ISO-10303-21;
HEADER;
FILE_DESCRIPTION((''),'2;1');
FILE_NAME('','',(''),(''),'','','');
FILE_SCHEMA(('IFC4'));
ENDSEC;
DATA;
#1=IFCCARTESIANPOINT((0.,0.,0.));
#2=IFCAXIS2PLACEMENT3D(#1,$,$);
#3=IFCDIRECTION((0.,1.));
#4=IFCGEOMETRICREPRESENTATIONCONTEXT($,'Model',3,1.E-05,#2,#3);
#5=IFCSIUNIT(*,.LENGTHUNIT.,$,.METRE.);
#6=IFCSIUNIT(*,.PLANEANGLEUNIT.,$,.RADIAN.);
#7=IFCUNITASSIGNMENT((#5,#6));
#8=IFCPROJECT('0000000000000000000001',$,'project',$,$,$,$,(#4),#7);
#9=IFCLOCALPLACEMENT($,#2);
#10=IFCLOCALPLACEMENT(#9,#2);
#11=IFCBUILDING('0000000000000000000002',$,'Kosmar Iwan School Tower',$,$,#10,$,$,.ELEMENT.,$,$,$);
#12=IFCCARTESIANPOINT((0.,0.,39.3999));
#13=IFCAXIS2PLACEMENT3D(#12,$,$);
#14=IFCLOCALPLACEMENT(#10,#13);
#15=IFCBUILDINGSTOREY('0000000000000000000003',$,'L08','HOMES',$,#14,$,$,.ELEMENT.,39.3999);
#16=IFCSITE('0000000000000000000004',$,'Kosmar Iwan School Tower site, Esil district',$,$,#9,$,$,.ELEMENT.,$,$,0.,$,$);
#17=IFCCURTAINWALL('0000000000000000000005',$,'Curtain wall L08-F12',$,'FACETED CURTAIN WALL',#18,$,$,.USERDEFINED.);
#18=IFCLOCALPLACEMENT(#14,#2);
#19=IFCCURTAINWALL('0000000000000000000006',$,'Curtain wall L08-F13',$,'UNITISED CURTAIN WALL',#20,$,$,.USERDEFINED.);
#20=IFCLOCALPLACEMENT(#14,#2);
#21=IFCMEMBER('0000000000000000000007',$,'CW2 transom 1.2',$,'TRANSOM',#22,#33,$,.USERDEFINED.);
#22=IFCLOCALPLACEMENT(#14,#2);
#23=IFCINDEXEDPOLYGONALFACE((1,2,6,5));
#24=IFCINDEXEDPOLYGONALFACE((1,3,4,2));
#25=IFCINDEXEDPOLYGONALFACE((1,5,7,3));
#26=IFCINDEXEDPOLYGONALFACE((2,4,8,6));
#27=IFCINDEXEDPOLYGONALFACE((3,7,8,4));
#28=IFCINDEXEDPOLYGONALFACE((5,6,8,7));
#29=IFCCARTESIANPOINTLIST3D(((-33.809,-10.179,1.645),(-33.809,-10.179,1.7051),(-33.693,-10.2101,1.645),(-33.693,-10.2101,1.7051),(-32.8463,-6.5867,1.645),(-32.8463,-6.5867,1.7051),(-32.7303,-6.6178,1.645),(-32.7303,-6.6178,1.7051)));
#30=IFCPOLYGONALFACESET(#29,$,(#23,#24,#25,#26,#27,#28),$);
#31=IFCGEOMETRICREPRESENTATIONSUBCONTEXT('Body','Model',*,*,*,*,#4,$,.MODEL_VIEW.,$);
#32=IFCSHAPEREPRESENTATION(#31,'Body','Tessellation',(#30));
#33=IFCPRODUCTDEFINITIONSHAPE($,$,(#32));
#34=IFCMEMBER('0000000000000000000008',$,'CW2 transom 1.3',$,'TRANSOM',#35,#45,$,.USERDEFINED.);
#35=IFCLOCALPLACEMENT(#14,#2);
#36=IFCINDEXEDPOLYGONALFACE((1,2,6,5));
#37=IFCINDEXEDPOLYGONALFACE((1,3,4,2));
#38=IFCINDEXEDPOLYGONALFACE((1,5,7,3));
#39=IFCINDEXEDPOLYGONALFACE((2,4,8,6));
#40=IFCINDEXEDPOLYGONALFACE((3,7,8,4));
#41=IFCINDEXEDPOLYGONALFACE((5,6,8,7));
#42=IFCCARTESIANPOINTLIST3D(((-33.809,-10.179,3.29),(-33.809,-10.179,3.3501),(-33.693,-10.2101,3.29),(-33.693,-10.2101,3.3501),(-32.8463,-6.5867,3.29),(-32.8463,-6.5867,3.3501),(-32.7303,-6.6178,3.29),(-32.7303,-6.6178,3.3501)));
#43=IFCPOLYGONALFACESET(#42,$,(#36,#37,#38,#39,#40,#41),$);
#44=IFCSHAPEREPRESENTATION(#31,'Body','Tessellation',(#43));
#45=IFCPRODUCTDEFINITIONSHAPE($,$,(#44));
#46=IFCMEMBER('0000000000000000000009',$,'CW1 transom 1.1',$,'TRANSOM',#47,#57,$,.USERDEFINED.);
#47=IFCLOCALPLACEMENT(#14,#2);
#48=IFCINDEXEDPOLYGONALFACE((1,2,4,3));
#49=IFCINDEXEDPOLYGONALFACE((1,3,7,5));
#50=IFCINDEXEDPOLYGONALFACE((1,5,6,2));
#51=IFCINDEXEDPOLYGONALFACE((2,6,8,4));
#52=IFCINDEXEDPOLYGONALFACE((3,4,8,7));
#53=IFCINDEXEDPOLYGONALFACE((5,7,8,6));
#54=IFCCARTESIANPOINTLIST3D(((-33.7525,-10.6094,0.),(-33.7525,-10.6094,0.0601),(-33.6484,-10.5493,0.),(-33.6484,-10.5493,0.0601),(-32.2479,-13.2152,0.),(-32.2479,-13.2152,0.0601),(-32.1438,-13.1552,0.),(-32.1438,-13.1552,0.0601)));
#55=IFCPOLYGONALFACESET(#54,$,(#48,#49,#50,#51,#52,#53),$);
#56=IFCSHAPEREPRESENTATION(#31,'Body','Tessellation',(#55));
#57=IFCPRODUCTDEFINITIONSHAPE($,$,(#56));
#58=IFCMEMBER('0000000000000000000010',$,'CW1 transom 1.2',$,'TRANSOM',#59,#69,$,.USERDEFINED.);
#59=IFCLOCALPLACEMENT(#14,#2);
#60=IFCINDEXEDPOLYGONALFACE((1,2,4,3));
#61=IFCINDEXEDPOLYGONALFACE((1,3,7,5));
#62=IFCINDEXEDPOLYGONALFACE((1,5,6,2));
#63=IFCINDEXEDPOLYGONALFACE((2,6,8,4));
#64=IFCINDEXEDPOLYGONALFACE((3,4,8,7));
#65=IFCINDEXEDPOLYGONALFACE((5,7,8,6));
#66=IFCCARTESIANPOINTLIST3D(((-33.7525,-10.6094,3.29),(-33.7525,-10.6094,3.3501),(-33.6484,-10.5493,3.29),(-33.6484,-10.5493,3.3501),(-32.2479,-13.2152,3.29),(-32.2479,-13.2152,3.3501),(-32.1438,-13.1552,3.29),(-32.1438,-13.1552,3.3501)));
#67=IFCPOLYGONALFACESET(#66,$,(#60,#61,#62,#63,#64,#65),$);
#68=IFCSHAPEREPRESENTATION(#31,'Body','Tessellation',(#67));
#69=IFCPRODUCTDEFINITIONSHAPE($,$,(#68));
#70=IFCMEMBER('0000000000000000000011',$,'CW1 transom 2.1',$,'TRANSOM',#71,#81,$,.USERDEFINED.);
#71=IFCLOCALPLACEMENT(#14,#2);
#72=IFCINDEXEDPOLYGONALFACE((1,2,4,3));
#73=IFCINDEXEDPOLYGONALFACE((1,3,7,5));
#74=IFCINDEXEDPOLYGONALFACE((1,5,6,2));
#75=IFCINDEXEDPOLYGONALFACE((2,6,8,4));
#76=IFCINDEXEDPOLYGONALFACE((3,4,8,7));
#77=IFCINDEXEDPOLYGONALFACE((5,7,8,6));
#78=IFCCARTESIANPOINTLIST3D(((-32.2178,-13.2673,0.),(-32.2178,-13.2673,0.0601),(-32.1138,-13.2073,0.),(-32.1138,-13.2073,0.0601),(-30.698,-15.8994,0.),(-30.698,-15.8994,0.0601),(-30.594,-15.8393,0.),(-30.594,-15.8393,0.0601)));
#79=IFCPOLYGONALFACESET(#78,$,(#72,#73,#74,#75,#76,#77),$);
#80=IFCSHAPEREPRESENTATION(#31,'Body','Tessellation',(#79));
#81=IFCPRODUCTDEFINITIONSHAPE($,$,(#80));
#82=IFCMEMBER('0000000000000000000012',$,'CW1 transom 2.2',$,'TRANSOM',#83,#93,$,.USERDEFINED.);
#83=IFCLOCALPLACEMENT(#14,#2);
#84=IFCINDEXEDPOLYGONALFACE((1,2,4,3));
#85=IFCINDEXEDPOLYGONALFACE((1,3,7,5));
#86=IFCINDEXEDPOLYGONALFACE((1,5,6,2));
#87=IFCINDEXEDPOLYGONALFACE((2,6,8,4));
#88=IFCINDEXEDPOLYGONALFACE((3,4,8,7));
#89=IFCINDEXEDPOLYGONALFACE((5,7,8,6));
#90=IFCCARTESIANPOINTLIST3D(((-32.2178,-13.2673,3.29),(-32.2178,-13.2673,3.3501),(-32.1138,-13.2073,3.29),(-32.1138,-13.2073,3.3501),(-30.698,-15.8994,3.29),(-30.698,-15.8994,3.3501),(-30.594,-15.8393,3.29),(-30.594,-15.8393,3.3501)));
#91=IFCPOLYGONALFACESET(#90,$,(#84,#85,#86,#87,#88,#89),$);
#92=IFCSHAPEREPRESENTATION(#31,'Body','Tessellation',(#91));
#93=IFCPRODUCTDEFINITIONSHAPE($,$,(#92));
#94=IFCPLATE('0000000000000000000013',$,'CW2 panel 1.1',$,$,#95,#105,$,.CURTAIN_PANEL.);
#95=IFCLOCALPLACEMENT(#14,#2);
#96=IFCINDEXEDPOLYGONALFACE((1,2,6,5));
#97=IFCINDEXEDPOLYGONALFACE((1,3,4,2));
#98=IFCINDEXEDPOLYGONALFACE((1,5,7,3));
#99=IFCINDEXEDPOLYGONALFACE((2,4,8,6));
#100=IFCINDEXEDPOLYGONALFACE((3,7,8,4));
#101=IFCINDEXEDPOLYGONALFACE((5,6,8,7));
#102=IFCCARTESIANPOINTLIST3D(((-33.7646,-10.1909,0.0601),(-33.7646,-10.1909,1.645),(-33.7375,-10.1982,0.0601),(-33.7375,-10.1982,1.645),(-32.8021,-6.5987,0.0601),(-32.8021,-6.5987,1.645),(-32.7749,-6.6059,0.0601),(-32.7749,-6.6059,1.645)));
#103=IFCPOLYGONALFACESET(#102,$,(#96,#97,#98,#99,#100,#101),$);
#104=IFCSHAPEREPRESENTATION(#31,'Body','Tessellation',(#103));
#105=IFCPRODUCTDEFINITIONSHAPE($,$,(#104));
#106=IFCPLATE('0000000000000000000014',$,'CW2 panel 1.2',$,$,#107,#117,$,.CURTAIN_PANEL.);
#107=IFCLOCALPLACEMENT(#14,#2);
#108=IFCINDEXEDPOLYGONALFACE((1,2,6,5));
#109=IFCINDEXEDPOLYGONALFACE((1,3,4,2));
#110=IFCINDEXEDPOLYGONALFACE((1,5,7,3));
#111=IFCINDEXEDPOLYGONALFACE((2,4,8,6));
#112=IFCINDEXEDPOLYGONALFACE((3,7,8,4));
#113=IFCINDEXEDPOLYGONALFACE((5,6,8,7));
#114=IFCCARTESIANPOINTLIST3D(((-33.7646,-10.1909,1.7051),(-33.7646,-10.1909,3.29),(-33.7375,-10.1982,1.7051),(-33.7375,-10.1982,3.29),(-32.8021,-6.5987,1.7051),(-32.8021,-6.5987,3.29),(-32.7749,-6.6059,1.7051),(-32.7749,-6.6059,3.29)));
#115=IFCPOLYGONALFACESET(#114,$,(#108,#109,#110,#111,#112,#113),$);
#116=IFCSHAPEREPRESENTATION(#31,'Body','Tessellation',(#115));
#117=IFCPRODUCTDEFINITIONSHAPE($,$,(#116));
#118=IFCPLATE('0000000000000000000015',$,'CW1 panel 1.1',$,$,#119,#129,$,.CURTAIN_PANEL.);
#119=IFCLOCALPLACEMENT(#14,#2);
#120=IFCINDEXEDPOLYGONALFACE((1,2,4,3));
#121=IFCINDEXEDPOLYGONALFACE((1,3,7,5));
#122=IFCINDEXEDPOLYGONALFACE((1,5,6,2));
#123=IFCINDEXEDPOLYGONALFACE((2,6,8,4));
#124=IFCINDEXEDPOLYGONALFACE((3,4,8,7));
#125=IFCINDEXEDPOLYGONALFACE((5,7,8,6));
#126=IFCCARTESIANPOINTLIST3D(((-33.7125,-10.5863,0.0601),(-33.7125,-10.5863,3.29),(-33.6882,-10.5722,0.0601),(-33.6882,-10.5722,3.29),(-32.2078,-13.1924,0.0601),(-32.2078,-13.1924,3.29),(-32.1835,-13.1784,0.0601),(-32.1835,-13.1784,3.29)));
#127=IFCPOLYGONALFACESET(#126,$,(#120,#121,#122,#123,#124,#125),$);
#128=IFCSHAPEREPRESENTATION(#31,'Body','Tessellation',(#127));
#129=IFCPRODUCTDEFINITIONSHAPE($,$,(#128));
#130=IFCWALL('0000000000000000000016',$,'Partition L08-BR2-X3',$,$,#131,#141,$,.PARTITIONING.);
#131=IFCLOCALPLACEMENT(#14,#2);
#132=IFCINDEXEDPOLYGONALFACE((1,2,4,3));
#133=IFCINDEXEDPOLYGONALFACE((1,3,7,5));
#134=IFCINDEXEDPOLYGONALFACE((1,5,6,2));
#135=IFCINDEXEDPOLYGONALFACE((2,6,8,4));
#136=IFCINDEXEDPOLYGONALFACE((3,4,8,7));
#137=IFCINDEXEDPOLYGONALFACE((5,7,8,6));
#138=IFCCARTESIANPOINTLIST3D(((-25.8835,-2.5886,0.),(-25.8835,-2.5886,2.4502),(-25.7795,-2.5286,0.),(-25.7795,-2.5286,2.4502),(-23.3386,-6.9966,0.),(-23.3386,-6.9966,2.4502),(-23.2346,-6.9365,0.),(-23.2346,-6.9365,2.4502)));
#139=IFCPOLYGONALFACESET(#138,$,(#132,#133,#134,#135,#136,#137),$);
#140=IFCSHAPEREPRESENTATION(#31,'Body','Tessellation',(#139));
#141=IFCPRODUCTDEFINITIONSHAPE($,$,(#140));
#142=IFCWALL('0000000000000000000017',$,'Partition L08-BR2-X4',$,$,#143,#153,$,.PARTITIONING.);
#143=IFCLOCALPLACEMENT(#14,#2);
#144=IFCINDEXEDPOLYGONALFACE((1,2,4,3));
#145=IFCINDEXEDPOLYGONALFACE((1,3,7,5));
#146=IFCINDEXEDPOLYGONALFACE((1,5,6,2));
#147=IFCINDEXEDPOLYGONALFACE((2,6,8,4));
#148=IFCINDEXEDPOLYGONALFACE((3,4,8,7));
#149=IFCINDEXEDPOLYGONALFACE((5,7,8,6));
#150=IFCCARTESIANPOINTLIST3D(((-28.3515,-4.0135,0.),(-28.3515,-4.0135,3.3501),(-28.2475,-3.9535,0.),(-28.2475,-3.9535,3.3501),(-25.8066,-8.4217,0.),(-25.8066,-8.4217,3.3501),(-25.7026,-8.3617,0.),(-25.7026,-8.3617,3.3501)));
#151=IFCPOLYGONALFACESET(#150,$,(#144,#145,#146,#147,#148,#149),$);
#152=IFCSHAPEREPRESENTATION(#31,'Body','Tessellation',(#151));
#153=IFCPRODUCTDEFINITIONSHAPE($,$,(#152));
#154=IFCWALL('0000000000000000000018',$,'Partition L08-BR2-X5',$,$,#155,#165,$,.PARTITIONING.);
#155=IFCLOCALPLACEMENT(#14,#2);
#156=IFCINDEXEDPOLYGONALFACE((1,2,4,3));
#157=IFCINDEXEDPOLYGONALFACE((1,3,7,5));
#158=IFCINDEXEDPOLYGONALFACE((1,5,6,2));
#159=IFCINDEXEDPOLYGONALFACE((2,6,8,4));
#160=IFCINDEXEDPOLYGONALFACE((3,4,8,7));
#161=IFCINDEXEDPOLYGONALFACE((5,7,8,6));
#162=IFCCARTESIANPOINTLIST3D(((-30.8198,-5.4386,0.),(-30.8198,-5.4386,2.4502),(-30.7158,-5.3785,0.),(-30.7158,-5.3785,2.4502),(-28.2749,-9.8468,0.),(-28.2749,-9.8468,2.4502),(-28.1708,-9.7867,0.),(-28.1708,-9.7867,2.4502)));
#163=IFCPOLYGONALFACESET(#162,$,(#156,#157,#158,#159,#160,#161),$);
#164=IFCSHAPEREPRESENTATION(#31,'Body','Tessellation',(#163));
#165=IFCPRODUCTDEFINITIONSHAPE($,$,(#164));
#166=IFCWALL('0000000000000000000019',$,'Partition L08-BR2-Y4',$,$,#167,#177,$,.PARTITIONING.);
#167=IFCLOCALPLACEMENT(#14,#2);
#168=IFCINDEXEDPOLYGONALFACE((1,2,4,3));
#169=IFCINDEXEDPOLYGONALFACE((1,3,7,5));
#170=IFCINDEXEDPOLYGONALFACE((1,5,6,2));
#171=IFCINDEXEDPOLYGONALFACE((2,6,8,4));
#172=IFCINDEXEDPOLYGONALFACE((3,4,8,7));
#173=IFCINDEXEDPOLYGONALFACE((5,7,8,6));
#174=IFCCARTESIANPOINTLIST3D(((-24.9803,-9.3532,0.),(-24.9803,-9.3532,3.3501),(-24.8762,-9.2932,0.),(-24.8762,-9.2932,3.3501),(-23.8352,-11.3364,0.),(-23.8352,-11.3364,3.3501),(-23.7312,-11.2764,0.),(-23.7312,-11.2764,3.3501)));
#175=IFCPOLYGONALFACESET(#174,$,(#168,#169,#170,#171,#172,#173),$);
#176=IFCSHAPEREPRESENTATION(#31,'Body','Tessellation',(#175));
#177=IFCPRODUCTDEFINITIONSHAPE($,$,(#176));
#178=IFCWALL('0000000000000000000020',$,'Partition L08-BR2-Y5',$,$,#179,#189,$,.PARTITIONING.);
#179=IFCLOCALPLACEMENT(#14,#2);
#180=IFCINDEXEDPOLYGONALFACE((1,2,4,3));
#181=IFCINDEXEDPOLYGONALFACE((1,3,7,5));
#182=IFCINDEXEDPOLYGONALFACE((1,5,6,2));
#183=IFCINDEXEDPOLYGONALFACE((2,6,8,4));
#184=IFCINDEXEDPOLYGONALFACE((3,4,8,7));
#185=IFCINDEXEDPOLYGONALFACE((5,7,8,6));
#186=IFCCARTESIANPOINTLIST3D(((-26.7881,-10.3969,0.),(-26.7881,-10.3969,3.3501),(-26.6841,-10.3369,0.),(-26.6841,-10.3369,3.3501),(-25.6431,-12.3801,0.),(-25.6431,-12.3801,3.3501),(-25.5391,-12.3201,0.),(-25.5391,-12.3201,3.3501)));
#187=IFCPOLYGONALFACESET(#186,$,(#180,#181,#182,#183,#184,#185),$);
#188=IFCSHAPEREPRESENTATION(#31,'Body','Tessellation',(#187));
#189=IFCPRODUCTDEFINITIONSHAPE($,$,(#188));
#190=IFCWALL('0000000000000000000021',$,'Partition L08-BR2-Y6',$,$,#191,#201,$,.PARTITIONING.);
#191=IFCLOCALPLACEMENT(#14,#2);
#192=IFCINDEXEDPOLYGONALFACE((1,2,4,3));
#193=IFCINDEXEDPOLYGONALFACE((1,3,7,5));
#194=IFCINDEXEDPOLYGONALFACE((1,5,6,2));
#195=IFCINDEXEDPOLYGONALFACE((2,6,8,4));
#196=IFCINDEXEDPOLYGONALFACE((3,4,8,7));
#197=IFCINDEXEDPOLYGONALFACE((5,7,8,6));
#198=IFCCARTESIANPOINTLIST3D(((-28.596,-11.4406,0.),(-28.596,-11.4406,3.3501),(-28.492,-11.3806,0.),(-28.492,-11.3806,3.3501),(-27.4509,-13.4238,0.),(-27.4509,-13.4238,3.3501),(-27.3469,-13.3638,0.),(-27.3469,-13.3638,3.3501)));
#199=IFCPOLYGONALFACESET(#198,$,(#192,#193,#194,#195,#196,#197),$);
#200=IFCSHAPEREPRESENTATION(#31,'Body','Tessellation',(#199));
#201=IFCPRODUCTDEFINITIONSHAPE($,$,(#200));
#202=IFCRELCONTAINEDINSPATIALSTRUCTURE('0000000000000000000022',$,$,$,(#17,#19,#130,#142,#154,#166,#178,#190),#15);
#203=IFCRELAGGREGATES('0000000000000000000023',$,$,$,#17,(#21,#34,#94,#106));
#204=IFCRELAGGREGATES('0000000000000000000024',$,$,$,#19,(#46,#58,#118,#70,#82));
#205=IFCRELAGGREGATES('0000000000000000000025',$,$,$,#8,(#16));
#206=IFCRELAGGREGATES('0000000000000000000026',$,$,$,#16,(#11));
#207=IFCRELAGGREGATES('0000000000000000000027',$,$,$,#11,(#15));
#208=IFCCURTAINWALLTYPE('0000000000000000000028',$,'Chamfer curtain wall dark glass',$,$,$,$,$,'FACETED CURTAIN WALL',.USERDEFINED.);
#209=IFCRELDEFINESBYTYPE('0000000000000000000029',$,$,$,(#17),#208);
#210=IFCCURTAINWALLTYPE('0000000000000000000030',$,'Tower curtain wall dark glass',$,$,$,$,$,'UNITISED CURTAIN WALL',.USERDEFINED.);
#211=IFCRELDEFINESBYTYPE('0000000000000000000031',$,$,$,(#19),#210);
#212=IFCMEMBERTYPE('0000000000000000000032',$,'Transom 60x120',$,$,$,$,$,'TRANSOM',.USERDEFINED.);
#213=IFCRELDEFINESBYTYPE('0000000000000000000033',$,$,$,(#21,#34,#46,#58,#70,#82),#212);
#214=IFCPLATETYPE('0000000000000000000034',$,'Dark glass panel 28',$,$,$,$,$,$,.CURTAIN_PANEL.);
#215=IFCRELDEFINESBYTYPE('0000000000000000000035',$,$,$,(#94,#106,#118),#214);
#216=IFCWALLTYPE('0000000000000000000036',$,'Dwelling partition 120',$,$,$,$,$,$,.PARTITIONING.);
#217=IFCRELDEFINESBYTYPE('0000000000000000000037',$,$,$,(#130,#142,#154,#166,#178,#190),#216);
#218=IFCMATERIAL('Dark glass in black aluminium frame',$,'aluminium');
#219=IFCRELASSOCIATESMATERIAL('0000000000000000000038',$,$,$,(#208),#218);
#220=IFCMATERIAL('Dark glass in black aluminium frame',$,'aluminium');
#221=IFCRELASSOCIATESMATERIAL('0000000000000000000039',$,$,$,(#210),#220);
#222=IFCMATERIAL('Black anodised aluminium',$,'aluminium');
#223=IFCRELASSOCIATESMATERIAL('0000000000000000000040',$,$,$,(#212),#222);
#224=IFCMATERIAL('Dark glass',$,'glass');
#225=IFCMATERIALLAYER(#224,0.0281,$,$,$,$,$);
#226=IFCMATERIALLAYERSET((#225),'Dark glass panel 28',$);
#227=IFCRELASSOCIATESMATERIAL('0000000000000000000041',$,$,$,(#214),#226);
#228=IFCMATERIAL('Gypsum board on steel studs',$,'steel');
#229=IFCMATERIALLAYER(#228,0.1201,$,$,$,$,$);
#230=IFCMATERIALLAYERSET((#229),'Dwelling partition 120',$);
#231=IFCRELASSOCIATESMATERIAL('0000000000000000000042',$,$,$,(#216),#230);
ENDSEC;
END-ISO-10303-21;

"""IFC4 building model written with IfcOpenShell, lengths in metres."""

from ifc_helpers import new_model, si_unit, direction, frame, frame_2d, origin, origin_2d, place, context, subcontext, project, spatial, rectangle, extrude, material, layer, layer_set, material_profile, profile_set, type_object, element, aggregate, save


model = new_model("IFC4")

# Units and contexts
model_context = context("Model", 3, precision=1e-05, world=origin(), true_north=direction((0.0, 1.0)))
body_context = subcontext(model_context, "Body", "Model", "MODEL_VIEW")
ifc_project = project(units=[si_unit("LENGTHUNIT", "METRE"), si_unit("PLANEANGLEUNIT", "RADIAN")], contexts=[model_context])

# Site, building, storey
site_placement = place(None, origin())
site = spatial("IfcSite", under=ifc_project, at=site_placement, Name="Kosmar Iwan School Tower site, Esil district", CompositionType="ELEMENT", RefElevation=0.0)
building_placement = place(site_placement, origin())
building = spatial("IfcBuilding", under=site, at=building_placement, Name="Kosmar Iwan School Tower", CompositionType="ELEMENT")
storey_placement = place(building_placement, frame((0.0, 0.0, 39.3999)))
storey = spatial("IfcBuildingStorey", under=building, at=storey_placement, Name="L08", Description="HOMES", CompositionType="ELEMENT", Elevation=39.3999)

# Curtain walls
ifc_material_1 = material(Name="Dark glass in black aluminium frame", Category="aluminium")
curtain_wall_type_1 = type_object("IfcCurtainWallType", Name="Chamfer curtain wall dark glass", ElementType="FACETED CURTAIN WALL", PredefinedType="USERDEFINED", material=ifc_material_1)
curtain_wall_1_placement = place(storey_placement, origin())
curtain_wall_1 = element("IfcCurtainWall", 1, at=curtain_wall_1_placement, inside=storey, type_object=curtain_wall_type_1, Name="Curtain wall L08-F12", ObjectType="FACETED CURTAIN WALL", PredefinedType="USERDEFINED")
ifc_material_2 = material(Name="Dark glass in black aluminium frame", Category="aluminium")
curtain_wall_type_2 = type_object("IfcCurtainWallType", Name="Tower curtain wall dark glass", ElementType="UNITISED CURTAIN WALL", PredefinedType="USERDEFINED", material=ifc_material_2)
curtain_wall_2_placement = place(storey_placement, origin())
curtain_wall_2 = element("IfcCurtainWall", 2, at=curtain_wall_2_placement, inside=storey, type_object=curtain_wall_type_2, Name="Curtain wall L08-F13", ObjectType="UNITISED CURTAIN WALL", PredefinedType="USERDEFINED")

# Members
ifc_material_3 = material(Name="Black anodised aluminium", Category="aluminium")
ifc_material_profile_1 = material_profile(ifc_material_3, rectangle(XDim=0.1201, YDim=0.0601, at=origin_2d()), Name="TRANSOM 60x120")
ifc_profile_set_1 = profile_set([ifc_material_profile_1], Name="Black anodised aluminium")
member_type_1 = type_object("IfcMemberType", Name="Transom 60x120", ElementType="TRANSOM", PredefinedType="USERDEFINED", material=ifc_profile_set_1)
member_1_placement = place(storey_placement, frame((-32.7883, -6.6023, 1.675), z_axis=(-0.258843, -0.965919, 0.0), x_axis=(0.965919, -0.258843, 0.0)))
member_1 = element("IfcMember", 3, at=member_1_placement, type_object=member_type_1, Name="CW2 transom 1.2", ObjectType="TRANSOM", PredefinedType="USERDEFINED", context=body_context, shape_type="SweptSolid", body=[
    extrude(rectangle(XDim=0.1201, YDim=0.0601, at=origin_2d()), origin(), (0.0, 0.0, 1.0), 3.719),
])
member_2_placement = place(storey_placement, frame((-32.7883, -6.6023, 3.3201), z_axis=(-0.258843, -0.965919, 0.0), x_axis=(0.965919, -0.258843, 0.0)))
member_2 = element("IfcMember", 4, at=member_2_placement, type_object=member_type_1, Name="CW2 transom 1.3", ObjectType="TRANSOM", PredefinedType="USERDEFINED", context=body_context, shape_type="SweptSolid", body=[
    extrude(rectangle(XDim=0.1201, YDim=0.0601, at=origin_2d()), origin(), (0.0, 0.0, 1.0), 3.719),
])
member_3_placement = place(storey_placement, frame((-33.7004, -10.5793, 0.03), z_axis=(0.500022, -0.866013, 0.0), x_axis=(0.866013, 0.500022, 0.0)))
member_3 = element("IfcMember", 5, at=member_3_placement, type_object=member_type_1, Name="CW1 transom 1.1", ObjectType="TRANSOM", PredefinedType="USERDEFINED", context=body_context, shape_type="SweptSolid", body=[
    extrude(rectangle(XDim=0.1201, YDim=0.0601, at=origin_2d()), origin(), (0.0, 0.0, 1.0), 3.009),
])
member_4_placement = place(storey_placement, frame((-33.7004, -10.5793, 3.3201), z_axis=(0.500022, -0.866013, 0.0), x_axis=(0.866013, 0.500022, 0.0)))
member_4 = element("IfcMember", 6, at=member_4_placement, type_object=member_type_1, Name="CW1 transom 1.2", ObjectType="TRANSOM", PredefinedType="USERDEFINED", context=body_context, shape_type="SweptSolid", body=[
    extrude(rectangle(XDim=0.1201, YDim=0.0601, at=origin_2d()), origin(), (0.0, 0.0, 1.0), 3.009),
])
member_5_placement = place(storey_placement, frame((-32.1658, -13.2373, 0.03), z_axis=(0.500035, -0.866005, 0.0), x_axis=(0.866005, 0.500035, 0.0)))
member_5 = element("IfcMember", 7, at=member_5_placement, type_object=member_type_1, Name="CW1 transom 2.1", ObjectType="TRANSOM", PredefinedType="USERDEFINED", context=body_context, shape_type="SweptSolid", body=[
    extrude(rectangle(XDim=0.1201, YDim=0.0601, at=origin_2d()), origin(), (0.0, 0.0, 1.0), 3.0393),
])
member_6_placement = place(storey_placement, frame((-32.1658, -13.2373, 3.3201), z_axis=(0.500035, -0.866005, 0.0), x_axis=(0.866005, 0.500035, 0.0)))
member_6 = element("IfcMember", 8, at=member_6_placement, type_object=member_type_1, Name="CW1 transom 2.2", ObjectType="TRANSOM", PredefinedType="USERDEFINED", context=body_context, shape_type="SweptSolid", body=[
    extrude(rectangle(XDim=0.1201, YDim=0.0601, at=origin_2d()), origin(), (0.0, 0.0, 1.0), 3.0393),
])

# Plates
ifc_material_4 = material(Name="Dark glass", Category="glass")
ifc_layer_1 = layer(ifc_material_4, 0.0281)
ifc_layer_set_1 = layer_set([ifc_layer_1], Name="Dark glass panel 28")
plate_type = type_object("IfcPlateType", Name="Dark glass panel 28", PredefinedType="CURTAIN_PANEL", material=ifc_layer_set_1)
plate_1_placement = place(storey_placement, frame((-33.2698, -8.3984, 0.0601), z_axis=(0.0, 0.0, 1.0), x_axis=(-0.258819, -0.965926, 0.0)))
plate_1 = element("IfcPlate", 9, at=plate_1_placement, type_object=plate_type, Name="CW2 panel 1.1", PredefinedType="CURTAIN_PANEL", context=body_context, shape_type="SweptSolid", body=[
    extrude(rectangle(XDim=3.719, YDim=0.0281, at=origin_2d()), origin(), (0.0, 0.0, 1.0), 1.585),
])
plate_2_placement = place(storey_placement, frame((-33.2698, -8.3984, 1.7051), z_axis=(0.0, 0.0, 1.0), x_axis=(-0.258819, -0.965926, 0.0)))
plate_2 = element("IfcPlate", 10, at=plate_2_placement, type_object=plate_type, Name="CW2 panel 1.2", PredefinedType="CURTAIN_PANEL", context=body_context, shape_type="SweptSolid", body=[
    extrude(rectangle(XDim=3.719, YDim=0.0281, at=origin_2d()), origin(), (0.0, 0.0, 1.0), 1.585),
])
aggregate(curtain_wall_1, [member_1, member_2, plate_1, plate_2])
plate_3_placement = place(storey_placement, frame((-32.948, -11.8823, 0.0601), z_axis=(0.0, 0.0, 1.0), x_axis=(0.5, -0.866025, 0.0)))
plate_3 = element("IfcPlate", 11, at=plate_3_placement, type_object=plate_type, Name="CW1 panel 1.1", PredefinedType="CURTAIN_PANEL", context=body_context, shape_type="SweptSolid", body=[
    extrude(rectangle(XDim=3.0093, YDim=0.0281, at=origin_2d()), origin(), (0.0, 0.0, 1.0), 3.23),
])
aggregate(curtain_wall_2, [member_3, member_4, plate_3, member_5, member_6])

# Walls
ifc_material_5 = material(Name="Gypsum board on steel studs", Category="steel")
ifc_layer_2 = layer(ifc_material_5, 0.1201)
ifc_layer_set_2 = layer_set([ifc_layer_2], Name="Dwelling partition 120")
wall_type = type_object("IfcWallType", Name="Dwelling partition 120", PredefinedType="PARTITIONING", material=ifc_layer_set_2)
wall_1_placement = place(storey_placement, frame((-23.2866, -6.9666, 0.0), z_axis=(0.0, 0.0, 1.0), x_axis=(-0.499998, 0.866027, 0.0)))
element("IfcWall", 12, at=wall_1_placement, inside=storey, type_object=wall_type, Name="Partition L08-BR2-X3", PredefinedType="PARTITIONING", context=body_context, shape_type="SweptSolid", body=[
    extrude(rectangle(XDim=5.0898, YDim=0.1201, at=frame_2d((2.5449, 0.0))), origin(), (0.0, 0.0, 1.0), 2.4502),
])
wall_2_placement = place(storey_placement, frame((-25.7546, -8.3916, 0.0), z_axis=(0.0, 0.0, 1.0), x_axis=(-0.499977, 0.866039, 0.0)))
element("IfcWall", 13, at=wall_2_placement, inside=storey, type_object=wall_type, Name="Partition L08-BR2-X4", PredefinedType="PARTITIONING", context=body_context, shape_type="SweptSolid", body=[
    extrude(rectangle(XDim=5.0901, YDim=0.1201, at=frame_2d((2.5449, 0.0))), origin(), (0.0, 0.0, 1.0), 3.3501),
])
wall_3_placement = place(storey_placement, frame((-28.2229, -9.8167, 0.0), z_axis=(0.0, 0.0, 1.0), x_axis=(-0.499977, 0.866039, 0.0)))
element("IfcWall", 14, at=wall_3_placement, inside=storey, type_object=wall_type, Name="Partition L08-BR2-X5", PredefinedType="PARTITIONING", context=body_context, shape_type="SweptSolid", body=[
    extrude(rectangle(XDim=5.0901, YDim=0.1201, at=frame_2d((2.5449, 0.0))), origin(), (0.0, 0.0, 1.0), 2.4502),
])
for number, where, z_axis, x_axis, name in (
    (15, (-23.7832, -11.3064, 0.0), (0.0, 0.0, 1.0), (-0.500015, 0.866017, 0.0), "Partition L08-BR2-Y4"),
    (16, (-25.5911, -12.3501, 0.0), (0.0, 0.0, 1.0), (-0.500015, 0.866017, 0.0), "Partition L08-BR2-Y5"),
    (17, (-27.3989, -13.3938, 0.0), (0.0, 0.0, 1.0), (-0.500015, 0.866017, 0.0), "Partition L08-BR2-Y6"),
):
    element("IfcWall", number, at=place(storey_placement, frame(where, z_axis=z_axis, x_axis=x_axis)), inside=storey, type_object=wall_type, Name=name, PredefinedType="PARTITIONING", context=body_context, shape_type="SweptSolid", body=[
        extrude(rectangle(XDim=2.29, YDim=0.1201, at=frame_2d((1.145, 0.0))), origin(), (0.0, 0.0, 1.0), 3.3501),
    ])

save(model, "model.ifc")
